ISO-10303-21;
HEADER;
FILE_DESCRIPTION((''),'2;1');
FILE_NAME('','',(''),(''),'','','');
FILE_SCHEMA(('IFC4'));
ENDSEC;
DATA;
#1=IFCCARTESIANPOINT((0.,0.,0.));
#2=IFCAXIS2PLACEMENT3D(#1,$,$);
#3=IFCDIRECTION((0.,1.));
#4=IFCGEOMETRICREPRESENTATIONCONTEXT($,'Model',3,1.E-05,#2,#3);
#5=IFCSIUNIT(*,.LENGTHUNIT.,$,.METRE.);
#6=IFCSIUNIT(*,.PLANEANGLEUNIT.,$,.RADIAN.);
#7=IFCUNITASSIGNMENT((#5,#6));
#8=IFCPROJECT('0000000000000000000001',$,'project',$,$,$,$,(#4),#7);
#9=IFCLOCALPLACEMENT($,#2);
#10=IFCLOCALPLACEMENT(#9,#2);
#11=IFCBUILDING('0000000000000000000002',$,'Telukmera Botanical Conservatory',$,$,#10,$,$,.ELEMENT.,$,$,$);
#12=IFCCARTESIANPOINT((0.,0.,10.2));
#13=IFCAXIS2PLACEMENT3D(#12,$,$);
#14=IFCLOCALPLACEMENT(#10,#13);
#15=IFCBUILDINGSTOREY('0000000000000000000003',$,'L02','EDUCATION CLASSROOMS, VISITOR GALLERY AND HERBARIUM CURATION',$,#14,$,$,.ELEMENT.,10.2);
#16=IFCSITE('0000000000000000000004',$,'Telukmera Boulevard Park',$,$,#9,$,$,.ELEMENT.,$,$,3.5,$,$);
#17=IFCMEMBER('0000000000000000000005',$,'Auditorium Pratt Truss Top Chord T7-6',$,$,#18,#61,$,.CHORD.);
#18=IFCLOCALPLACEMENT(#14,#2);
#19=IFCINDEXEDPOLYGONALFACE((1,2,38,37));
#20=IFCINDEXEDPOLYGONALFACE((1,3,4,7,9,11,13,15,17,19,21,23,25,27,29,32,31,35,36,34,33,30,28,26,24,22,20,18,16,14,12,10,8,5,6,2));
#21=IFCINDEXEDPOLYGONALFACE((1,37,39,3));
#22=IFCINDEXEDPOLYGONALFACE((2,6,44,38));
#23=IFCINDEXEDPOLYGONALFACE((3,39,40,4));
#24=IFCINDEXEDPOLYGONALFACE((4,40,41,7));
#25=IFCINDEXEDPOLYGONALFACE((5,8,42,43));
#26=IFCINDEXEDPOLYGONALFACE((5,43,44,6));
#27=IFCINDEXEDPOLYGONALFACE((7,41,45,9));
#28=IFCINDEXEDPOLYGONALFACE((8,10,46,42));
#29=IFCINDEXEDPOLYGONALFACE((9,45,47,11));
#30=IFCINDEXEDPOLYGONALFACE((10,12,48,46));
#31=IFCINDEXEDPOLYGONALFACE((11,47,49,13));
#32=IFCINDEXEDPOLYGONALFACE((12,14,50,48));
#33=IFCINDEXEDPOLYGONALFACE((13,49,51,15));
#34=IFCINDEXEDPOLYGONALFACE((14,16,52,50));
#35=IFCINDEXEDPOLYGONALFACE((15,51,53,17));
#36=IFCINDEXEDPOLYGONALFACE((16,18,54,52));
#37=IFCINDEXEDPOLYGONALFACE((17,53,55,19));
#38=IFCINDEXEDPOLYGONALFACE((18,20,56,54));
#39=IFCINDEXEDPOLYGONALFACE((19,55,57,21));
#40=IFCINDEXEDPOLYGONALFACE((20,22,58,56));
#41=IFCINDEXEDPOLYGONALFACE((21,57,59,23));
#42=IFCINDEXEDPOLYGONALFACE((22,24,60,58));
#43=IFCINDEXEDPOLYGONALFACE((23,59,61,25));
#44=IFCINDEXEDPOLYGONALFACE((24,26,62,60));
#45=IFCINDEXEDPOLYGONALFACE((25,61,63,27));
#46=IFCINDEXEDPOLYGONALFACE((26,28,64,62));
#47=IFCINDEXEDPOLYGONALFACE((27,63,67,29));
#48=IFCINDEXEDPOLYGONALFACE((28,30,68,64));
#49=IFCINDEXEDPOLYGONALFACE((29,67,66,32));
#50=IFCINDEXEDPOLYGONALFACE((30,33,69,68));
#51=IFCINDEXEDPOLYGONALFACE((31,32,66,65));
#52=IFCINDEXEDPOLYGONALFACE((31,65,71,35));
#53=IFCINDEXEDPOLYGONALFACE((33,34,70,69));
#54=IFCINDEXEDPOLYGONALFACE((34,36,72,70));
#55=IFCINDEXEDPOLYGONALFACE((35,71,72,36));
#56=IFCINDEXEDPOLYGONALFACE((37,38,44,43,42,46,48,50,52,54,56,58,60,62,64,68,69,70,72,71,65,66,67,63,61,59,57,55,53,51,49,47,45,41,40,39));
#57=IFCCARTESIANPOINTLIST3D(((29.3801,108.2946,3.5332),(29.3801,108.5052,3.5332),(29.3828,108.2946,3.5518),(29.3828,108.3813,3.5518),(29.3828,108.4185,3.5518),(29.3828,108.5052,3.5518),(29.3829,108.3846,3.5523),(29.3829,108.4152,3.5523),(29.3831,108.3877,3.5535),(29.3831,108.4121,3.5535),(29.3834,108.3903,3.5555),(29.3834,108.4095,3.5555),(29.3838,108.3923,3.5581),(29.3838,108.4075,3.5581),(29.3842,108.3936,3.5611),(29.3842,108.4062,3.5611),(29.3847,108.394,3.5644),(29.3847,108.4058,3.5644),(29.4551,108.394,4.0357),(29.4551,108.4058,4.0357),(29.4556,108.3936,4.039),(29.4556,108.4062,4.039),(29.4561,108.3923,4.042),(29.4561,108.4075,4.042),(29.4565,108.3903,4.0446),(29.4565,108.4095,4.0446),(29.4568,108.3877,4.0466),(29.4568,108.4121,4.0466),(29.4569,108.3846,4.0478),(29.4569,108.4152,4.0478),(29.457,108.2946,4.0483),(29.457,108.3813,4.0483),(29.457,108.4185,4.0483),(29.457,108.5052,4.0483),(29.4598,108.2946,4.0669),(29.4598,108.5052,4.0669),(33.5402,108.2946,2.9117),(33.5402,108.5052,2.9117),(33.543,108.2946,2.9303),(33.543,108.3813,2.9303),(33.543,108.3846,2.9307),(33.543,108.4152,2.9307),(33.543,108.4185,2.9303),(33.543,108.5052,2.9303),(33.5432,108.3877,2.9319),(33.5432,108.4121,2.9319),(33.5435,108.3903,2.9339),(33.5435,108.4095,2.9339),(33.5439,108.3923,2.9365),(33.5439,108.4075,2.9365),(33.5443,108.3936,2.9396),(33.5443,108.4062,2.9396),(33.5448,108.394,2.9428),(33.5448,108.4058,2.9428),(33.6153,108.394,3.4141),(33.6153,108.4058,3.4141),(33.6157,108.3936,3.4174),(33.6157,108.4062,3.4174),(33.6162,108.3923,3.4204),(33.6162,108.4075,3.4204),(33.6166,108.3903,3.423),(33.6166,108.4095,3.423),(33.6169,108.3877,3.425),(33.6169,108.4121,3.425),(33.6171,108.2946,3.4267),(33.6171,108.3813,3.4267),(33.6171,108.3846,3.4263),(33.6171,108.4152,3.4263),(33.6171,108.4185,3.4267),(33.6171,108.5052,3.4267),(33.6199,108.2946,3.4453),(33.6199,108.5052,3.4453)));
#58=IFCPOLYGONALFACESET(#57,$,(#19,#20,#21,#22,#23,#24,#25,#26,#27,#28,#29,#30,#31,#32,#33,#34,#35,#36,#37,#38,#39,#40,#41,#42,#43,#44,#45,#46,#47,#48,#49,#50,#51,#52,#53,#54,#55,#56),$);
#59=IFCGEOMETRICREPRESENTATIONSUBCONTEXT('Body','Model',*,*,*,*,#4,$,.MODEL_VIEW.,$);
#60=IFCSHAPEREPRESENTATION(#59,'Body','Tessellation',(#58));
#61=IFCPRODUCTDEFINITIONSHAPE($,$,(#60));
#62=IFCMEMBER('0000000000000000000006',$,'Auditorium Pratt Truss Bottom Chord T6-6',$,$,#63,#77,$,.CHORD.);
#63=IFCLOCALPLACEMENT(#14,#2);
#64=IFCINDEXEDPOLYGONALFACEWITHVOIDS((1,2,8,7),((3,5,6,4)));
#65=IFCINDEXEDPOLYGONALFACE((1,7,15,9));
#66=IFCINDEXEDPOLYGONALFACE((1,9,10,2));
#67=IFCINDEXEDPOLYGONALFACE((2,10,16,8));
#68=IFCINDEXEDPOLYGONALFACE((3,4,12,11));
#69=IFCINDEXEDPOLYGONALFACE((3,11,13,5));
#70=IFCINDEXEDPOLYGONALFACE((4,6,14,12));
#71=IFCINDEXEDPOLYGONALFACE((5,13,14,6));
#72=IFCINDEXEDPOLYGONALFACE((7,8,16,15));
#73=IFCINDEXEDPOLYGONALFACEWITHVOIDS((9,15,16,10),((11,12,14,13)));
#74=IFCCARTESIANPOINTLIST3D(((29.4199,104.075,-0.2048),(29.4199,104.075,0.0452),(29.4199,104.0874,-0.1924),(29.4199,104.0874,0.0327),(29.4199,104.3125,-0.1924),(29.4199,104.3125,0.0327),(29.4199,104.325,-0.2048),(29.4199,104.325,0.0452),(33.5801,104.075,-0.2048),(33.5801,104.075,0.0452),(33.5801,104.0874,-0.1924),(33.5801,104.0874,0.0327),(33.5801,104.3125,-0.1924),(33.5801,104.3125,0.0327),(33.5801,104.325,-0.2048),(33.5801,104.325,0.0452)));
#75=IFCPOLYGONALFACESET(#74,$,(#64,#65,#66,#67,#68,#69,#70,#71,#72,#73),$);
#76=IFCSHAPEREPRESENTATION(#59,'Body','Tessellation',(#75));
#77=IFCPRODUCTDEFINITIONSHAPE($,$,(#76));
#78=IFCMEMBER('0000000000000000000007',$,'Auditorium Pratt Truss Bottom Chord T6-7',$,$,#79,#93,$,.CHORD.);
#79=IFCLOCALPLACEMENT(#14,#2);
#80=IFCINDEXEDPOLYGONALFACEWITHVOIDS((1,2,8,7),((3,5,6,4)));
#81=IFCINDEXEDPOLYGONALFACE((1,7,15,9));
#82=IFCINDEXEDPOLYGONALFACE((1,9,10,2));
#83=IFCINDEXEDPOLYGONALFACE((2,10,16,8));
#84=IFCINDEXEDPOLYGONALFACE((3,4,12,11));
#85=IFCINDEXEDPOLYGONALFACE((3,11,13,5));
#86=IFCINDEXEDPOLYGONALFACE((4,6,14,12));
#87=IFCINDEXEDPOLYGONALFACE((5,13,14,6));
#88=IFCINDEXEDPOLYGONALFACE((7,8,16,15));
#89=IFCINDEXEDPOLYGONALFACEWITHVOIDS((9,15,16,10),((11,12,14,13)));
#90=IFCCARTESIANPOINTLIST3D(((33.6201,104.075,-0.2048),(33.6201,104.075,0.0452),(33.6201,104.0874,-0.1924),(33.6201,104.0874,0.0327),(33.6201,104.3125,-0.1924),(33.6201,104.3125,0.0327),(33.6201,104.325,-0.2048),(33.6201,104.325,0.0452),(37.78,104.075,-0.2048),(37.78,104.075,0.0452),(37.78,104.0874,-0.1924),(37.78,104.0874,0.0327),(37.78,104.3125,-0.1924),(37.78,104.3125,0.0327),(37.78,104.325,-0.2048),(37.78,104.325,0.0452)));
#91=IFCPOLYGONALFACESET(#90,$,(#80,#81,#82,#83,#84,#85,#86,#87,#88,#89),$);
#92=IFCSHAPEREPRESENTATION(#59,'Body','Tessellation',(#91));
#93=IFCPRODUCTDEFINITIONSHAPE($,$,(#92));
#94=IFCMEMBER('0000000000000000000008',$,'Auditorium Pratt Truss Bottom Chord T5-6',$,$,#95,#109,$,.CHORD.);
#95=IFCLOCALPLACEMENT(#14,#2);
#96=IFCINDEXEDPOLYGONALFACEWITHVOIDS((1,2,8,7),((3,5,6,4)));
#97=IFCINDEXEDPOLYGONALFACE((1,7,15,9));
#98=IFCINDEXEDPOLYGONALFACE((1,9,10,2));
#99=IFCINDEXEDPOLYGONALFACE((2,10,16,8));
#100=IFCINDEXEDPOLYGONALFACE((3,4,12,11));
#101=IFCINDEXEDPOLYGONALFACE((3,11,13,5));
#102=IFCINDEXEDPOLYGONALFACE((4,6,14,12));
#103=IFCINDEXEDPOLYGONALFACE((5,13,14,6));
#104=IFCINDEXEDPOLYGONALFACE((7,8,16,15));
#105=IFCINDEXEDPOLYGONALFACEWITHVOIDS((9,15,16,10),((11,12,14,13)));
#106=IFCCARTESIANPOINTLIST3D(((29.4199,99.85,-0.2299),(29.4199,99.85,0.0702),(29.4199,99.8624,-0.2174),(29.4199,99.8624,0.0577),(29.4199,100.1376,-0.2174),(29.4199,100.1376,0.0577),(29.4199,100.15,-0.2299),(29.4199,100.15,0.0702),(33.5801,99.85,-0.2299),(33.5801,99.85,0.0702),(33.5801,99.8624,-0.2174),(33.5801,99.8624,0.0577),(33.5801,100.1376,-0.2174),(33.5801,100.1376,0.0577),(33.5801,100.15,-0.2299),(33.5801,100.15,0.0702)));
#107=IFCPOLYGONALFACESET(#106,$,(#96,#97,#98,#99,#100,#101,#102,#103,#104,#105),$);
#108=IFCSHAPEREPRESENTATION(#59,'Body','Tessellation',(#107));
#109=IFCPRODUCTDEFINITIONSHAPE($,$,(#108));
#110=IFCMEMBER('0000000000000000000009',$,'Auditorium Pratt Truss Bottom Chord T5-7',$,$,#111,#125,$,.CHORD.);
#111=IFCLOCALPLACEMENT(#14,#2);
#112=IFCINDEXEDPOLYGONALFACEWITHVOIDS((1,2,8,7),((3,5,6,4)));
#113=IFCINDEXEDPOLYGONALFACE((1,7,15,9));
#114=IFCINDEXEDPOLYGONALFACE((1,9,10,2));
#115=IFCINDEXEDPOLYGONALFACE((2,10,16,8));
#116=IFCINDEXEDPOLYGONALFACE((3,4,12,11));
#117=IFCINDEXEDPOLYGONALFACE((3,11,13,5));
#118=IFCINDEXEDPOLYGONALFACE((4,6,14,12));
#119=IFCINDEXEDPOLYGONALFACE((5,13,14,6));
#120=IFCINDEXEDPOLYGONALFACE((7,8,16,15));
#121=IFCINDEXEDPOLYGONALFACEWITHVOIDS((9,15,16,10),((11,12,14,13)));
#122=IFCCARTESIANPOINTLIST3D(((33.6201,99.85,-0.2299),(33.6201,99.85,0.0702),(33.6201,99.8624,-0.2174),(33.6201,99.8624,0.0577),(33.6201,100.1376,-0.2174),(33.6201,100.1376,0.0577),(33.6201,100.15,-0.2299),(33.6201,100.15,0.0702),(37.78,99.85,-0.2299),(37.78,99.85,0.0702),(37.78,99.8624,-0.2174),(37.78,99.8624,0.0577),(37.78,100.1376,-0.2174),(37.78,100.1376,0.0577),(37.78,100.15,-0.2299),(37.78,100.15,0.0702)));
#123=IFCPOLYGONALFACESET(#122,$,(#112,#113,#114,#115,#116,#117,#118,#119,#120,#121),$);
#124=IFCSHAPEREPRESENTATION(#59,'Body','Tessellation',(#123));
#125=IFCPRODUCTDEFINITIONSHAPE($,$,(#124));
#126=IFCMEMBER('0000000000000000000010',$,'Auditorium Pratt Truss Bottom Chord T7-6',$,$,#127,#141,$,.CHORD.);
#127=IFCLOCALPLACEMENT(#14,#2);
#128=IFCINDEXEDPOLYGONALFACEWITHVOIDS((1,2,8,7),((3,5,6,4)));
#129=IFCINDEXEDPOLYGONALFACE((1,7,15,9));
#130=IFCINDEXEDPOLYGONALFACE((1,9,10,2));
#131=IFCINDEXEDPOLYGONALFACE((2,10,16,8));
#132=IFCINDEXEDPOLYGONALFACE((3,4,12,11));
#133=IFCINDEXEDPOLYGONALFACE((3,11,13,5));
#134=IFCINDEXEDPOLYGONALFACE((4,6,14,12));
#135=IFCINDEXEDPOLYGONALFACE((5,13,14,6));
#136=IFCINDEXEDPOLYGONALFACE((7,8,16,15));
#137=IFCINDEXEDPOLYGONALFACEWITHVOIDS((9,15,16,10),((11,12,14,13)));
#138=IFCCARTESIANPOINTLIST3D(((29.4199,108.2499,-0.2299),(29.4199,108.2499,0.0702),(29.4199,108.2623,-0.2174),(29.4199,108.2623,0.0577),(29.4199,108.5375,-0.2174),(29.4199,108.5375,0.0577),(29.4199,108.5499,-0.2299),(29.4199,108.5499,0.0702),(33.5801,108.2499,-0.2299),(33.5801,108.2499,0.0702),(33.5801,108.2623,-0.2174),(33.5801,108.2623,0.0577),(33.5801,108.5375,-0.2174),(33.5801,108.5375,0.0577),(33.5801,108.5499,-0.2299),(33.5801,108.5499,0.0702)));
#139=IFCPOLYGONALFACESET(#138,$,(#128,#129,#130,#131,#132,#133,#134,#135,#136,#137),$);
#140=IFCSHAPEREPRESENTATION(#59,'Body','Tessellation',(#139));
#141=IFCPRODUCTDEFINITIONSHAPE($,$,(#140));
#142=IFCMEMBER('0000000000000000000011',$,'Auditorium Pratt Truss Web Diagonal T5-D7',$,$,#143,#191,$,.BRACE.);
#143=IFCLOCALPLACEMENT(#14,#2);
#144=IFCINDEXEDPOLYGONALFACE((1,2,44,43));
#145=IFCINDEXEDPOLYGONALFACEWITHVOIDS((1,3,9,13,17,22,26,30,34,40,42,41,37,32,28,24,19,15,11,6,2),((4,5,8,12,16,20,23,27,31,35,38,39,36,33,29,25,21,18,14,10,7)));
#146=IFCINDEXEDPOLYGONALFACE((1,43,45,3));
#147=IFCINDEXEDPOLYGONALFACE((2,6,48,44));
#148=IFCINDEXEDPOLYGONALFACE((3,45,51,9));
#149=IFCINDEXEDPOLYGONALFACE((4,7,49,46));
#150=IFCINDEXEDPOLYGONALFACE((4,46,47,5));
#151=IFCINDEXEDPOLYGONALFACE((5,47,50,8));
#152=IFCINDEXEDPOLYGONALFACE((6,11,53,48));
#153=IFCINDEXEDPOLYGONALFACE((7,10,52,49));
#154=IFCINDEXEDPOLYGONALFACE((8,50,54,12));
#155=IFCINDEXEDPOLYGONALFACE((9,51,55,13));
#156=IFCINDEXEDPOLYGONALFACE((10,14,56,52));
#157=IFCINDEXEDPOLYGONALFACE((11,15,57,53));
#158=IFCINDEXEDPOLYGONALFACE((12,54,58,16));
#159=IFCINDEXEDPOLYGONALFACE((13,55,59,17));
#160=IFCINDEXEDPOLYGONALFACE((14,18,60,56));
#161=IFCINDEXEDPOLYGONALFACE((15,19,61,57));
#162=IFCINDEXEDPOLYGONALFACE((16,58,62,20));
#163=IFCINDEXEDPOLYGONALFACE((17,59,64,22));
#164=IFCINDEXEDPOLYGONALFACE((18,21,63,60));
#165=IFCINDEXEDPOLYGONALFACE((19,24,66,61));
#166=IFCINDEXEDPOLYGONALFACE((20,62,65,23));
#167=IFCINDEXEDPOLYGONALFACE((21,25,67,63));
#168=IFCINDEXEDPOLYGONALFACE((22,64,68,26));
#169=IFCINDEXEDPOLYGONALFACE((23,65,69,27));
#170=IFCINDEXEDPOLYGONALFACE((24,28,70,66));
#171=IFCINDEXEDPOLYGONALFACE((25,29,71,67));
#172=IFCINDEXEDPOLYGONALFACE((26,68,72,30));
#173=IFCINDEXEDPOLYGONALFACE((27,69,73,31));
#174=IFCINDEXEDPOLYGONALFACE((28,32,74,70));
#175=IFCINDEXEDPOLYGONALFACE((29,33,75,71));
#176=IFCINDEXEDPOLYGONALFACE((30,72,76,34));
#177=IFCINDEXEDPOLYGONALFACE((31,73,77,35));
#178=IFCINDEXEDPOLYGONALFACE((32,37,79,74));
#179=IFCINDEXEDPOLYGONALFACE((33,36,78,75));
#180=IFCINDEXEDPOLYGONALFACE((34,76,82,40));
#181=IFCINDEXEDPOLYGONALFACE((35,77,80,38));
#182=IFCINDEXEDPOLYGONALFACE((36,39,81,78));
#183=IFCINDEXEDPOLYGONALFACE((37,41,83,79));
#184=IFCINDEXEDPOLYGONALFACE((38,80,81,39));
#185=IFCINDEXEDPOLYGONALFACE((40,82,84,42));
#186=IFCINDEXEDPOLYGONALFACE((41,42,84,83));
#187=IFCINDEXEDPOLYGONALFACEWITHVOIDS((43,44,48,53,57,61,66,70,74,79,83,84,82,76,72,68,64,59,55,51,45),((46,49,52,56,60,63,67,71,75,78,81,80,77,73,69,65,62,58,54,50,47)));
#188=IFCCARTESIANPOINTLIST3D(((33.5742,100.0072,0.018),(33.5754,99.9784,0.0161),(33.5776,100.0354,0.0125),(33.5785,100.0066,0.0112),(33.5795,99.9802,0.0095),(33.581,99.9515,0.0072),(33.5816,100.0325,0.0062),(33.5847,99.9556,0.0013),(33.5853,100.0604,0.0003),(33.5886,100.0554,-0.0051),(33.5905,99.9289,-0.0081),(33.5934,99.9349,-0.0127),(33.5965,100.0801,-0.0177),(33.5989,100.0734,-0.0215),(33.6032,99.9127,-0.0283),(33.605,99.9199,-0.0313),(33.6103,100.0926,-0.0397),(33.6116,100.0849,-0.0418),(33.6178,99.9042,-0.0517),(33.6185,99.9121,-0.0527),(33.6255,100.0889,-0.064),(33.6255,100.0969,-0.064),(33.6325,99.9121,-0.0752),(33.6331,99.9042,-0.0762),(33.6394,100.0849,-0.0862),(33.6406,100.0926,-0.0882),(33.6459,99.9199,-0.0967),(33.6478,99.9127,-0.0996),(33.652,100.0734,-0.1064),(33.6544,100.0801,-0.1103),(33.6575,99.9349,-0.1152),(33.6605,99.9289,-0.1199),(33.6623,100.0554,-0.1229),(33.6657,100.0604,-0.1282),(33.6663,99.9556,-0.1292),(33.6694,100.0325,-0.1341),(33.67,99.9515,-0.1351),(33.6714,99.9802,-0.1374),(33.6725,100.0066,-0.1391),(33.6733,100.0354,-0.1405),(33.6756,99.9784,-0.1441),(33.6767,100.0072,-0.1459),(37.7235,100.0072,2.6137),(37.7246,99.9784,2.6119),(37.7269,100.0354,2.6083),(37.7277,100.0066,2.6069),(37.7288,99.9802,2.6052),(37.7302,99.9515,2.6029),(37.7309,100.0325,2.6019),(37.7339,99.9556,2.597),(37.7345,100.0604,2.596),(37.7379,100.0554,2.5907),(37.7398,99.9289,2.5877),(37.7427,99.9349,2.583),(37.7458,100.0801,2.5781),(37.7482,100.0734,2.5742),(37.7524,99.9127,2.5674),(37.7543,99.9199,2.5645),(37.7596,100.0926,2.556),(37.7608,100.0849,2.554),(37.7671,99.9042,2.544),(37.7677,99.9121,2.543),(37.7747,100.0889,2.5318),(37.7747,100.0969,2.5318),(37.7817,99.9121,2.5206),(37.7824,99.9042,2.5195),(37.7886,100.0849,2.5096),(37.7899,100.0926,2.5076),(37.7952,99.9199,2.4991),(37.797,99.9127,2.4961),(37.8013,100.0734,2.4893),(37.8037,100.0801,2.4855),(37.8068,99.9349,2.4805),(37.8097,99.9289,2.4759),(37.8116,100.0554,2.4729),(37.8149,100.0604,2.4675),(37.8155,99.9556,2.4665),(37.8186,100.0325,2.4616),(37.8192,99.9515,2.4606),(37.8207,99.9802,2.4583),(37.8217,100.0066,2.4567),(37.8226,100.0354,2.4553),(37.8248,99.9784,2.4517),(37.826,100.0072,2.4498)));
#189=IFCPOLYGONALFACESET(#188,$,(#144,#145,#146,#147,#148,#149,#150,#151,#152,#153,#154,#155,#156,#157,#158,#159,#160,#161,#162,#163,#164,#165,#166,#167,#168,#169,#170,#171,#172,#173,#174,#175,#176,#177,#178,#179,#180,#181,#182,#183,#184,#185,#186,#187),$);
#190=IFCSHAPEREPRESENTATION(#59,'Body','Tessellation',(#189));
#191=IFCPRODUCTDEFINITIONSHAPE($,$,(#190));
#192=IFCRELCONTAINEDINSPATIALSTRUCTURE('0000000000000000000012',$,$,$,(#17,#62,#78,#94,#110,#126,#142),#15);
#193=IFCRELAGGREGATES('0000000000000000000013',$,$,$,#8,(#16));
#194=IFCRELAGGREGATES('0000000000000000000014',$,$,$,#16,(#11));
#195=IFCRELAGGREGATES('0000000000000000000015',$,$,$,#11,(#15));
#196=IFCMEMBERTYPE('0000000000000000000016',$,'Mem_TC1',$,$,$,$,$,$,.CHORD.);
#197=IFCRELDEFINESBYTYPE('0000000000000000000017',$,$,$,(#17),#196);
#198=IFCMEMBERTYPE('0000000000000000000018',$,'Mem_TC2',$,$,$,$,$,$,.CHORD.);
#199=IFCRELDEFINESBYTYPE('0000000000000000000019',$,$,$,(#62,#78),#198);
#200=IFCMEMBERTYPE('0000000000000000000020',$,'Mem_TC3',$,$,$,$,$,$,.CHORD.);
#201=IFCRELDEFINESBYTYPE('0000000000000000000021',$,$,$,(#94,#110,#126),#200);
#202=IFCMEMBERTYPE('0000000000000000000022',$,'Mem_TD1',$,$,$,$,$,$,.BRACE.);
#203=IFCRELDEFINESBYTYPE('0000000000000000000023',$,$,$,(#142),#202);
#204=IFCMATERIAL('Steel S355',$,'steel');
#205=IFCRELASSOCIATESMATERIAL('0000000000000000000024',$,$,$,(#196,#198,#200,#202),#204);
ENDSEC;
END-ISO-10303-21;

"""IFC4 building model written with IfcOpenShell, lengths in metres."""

from ifc_helpers import new_model, si_unit, direction, frame, origin, origin_2d, place, context, subcontext, project, spatial, hollow_rectangle, hollow_circle, i_section, extrude, material, material_profile, profile_set, type_object, element, save


model = new_model("IFC4")

# Units and contexts
model_context = context("Model", 3, precision=1e-05, world=origin(), true_north=direction((0.0, 1.0)))
body_context = subcontext(model_context, "Body", "Model", "MODEL_VIEW")
ifc_project = project(units=[si_unit("LENGTHUNIT", "METRE"), si_unit("PLANEANGLEUNIT", "RADIAN")], contexts=[model_context])

# Site, building, storey
site_placement = place(None, origin())
site = spatial("IfcSite", under=ifc_project, at=site_placement, Name="Telukmera Boulevard Park", CompositionType="ELEMENT", RefElevation=3.5)
building_placement = place(site_placement, origin())
building = spatial("IfcBuilding", under=site, at=building_placement, Name="Telukmera Botanical Conservatory", CompositionType="ELEMENT")
storey_placement = place(building_placement, frame((0.0, 0.0, 10.2)))
storey = spatial("IfcBuildingStorey", under=building, at=storey_placement, Name="L02", Description="EDUCATION CLASSROOMS, VISITOR GALLERY AND HERBARIUM CURATION", CompositionType="ELEMENT", Elevation=10.2)

# Members
ifc_material = material(Name="Steel S355", Category="steel")
ifc_material_profile_1 = material_profile(ifc_material, i_section(OverallWidth=0.2107, OverallDepth=0.5396, WebThickness=0.0117, FlangeThickness=0.0188, FilletRadius=0.0127, at=origin_2d()), Name="UB 533x210x109")
ifc_profile_set_1 = profile_set([ifc_material_profile_1], Name="Steel S355")
member_type_1 = type_object("IfcMemberType", Name="Mem_TC1", PredefinedType="CHORD", material=ifc_profile_set_1)
member_1_placement = place(storey_placement, frame((29.4199, 108.3999, 3.8), z_axis=(0.989021, 0.0, -0.147773), x_axis=(0.0, 1.0, 0.0)))
element("IfcMember", 1, at=member_1_placement, inside=storey, type_object=member_type_1, Name="Auditorium Pratt Truss Top Chord T7-6", PredefinedType="CHORD", context=body_context, shape_type="SweptSolid", body=[
    extrude(i_section(OverallWidth=0.2107, OverallDepth=0.5396, WebThickness=0.0117, FlangeThickness=0.0188, FilletRadius=0.0127, at=origin_2d()), origin(), (0.0, 0.0, 1.0), 4.2063),
])
ifc_material_profile_2 = material_profile(ifc_material, hollow_rectangle(XDim=0.25, YDim=0.25, WallThickness=0.0125, at=origin_2d()), Name="SHS 250x250x12.5")
ifc_profile_set_2 = profile_set([ifc_material_profile_2], Name="Steel S355")
member_type_2 = type_object("IfcMemberType", Name="Mem_TC2", PredefinedType="CHORD", material=ifc_profile_set_2)
member_2_placement = place(storey_placement, frame((29.4199, 104.2, -0.0798), z_axis=(1.0, 0.0, 0.0), x_axis=(0.0, 1.0, 0.0)))
element("IfcMember", 2, at=member_2_placement, inside=storey, type_object=member_type_2, Name="Auditorium Pratt Truss Bottom Chord T6-6", PredefinedType="CHORD", context=body_context, shape_type="SweptSolid", body=[
    extrude(hollow_rectangle(XDim=0.25, YDim=0.25, WallThickness=0.0125, at=origin_2d()), origin(), (0.0, 0.0, 1.0), 4.1602),
])
member_3_placement = place(storey_placement, frame((33.6201, 104.2, -0.0798), z_axis=(1.0, 0.0, 0.0), x_axis=(0.0, 1.0, 0.0)))
element("IfcMember", 3, at=member_3_placement, inside=storey, type_object=member_type_2, Name="Auditorium Pratt Truss Bottom Chord T6-7", PredefinedType="CHORD", context=body_context, shape_type="SweptSolid", body=[
    extrude(hollow_rectangle(XDim=0.25, YDim=0.25, WallThickness=0.0125, at=origin_2d()), origin(), (0.0, 0.0, 1.0), 4.1599),
])
ifc_material_profile_3 = material_profile(ifc_material, hollow_rectangle(XDim=0.3, YDim=0.3, WallThickness=0.0125, at=origin_2d()), Name="SHS 300x300x12.5")
ifc_profile_set_3 = profile_set([ifc_material_profile_3], Name="Steel S355")
member_type_3 = type_object("IfcMemberType", Name="Mem_TC3", PredefinedType="CHORD", material=ifc_profile_set_3)
member_4_placement = place(storey_placement, frame((29.4199, 100.0, -0.0798), z_axis=(1.0, 0.0, 0.0), x_axis=(0.0, 1.0, 0.0)))
element("IfcMember", 4, at=member_4_placement, inside=storey, type_object=member_type_3, Name="Auditorium Pratt Truss Bottom Chord T5-6", PredefinedType="CHORD", context=body_context, shape_type="SweptSolid", body=[
    extrude(hollow_rectangle(XDim=0.3, YDim=0.3, WallThickness=0.0125, at=origin_2d()), origin(), (0.0, 0.0, 1.0), 4.1602),
])
member_5_placement = place(storey_placement, frame((33.6201, 100.0, -0.0798), z_axis=(1.0, 0.0, 0.0), x_axis=(0.0, 1.0, 0.0)))
element("IfcMember", 5, at=member_5_placement, inside=storey, type_object=member_type_3, Name="Auditorium Pratt Truss Bottom Chord T5-7", PredefinedType="CHORD", context=body_context, shape_type="SweptSolid", body=[
    extrude(hollow_rectangle(XDim=0.3, YDim=0.3, WallThickness=0.0125, at=origin_2d()), origin(), (0.0, 0.0, 1.0), 4.1599),
])
member_6_placement = place(storey_placement, frame((29.4199, 108.3999, -0.0798), z_axis=(1.0, 0.0, 0.0), x_axis=(0.0, 1.0, 0.0)))
element("IfcMember", 6, at=member_6_placement, inside=storey, type_object=member_type_3, Name="Auditorium Pratt Truss Bottom Chord T7-6", PredefinedType="CHORD", context=body_context, shape_type="SweptSolid", body=[
    extrude(hollow_rectangle(XDim=0.3, YDim=0.3, WallThickness=0.0125, at=origin_2d()), origin(), (0.0, 0.0, 1.0), 4.1602),
])
ifc_material_profile_4 = material_profile(ifc_material, hollow_circle(Radius=0.0969, WallThickness=0.0081, at=origin_2d()), Name="CHS 193.7x8.0")
ifc_profile_set_4 = profile_set([ifc_material_profile_4], Name="Steel S355")
member_type_4 = type_object("IfcMemberType", Name="Mem_TD1", PredefinedType="BRACE", material=ifc_profile_set_4)
for number, where, z_axis, x_axis, name in (
    (7, (33.6255, 100.0, -0.064), (0.847771, 0.0, 0.530362), (0.0, 1.0, 0.0), "Auditorium Pratt Truss Web Diagonal T5-D7"),
):
    element("IfcMember", number, at=place(storey_placement, frame(where, z_axis=z_axis, x_axis=x_axis)), inside=storey, type_object=member_type_4, Name=name, PredefinedType="BRACE", context=body_context, shape_type="SweptSolid", body=[
        extrude(hollow_circle(Radius=0.0969, WallThickness=0.0081, at=origin_2d()), origin(), (0.0, 0.0, 1.0), 4.8943),
    ])

save(model, "model.ifc")
